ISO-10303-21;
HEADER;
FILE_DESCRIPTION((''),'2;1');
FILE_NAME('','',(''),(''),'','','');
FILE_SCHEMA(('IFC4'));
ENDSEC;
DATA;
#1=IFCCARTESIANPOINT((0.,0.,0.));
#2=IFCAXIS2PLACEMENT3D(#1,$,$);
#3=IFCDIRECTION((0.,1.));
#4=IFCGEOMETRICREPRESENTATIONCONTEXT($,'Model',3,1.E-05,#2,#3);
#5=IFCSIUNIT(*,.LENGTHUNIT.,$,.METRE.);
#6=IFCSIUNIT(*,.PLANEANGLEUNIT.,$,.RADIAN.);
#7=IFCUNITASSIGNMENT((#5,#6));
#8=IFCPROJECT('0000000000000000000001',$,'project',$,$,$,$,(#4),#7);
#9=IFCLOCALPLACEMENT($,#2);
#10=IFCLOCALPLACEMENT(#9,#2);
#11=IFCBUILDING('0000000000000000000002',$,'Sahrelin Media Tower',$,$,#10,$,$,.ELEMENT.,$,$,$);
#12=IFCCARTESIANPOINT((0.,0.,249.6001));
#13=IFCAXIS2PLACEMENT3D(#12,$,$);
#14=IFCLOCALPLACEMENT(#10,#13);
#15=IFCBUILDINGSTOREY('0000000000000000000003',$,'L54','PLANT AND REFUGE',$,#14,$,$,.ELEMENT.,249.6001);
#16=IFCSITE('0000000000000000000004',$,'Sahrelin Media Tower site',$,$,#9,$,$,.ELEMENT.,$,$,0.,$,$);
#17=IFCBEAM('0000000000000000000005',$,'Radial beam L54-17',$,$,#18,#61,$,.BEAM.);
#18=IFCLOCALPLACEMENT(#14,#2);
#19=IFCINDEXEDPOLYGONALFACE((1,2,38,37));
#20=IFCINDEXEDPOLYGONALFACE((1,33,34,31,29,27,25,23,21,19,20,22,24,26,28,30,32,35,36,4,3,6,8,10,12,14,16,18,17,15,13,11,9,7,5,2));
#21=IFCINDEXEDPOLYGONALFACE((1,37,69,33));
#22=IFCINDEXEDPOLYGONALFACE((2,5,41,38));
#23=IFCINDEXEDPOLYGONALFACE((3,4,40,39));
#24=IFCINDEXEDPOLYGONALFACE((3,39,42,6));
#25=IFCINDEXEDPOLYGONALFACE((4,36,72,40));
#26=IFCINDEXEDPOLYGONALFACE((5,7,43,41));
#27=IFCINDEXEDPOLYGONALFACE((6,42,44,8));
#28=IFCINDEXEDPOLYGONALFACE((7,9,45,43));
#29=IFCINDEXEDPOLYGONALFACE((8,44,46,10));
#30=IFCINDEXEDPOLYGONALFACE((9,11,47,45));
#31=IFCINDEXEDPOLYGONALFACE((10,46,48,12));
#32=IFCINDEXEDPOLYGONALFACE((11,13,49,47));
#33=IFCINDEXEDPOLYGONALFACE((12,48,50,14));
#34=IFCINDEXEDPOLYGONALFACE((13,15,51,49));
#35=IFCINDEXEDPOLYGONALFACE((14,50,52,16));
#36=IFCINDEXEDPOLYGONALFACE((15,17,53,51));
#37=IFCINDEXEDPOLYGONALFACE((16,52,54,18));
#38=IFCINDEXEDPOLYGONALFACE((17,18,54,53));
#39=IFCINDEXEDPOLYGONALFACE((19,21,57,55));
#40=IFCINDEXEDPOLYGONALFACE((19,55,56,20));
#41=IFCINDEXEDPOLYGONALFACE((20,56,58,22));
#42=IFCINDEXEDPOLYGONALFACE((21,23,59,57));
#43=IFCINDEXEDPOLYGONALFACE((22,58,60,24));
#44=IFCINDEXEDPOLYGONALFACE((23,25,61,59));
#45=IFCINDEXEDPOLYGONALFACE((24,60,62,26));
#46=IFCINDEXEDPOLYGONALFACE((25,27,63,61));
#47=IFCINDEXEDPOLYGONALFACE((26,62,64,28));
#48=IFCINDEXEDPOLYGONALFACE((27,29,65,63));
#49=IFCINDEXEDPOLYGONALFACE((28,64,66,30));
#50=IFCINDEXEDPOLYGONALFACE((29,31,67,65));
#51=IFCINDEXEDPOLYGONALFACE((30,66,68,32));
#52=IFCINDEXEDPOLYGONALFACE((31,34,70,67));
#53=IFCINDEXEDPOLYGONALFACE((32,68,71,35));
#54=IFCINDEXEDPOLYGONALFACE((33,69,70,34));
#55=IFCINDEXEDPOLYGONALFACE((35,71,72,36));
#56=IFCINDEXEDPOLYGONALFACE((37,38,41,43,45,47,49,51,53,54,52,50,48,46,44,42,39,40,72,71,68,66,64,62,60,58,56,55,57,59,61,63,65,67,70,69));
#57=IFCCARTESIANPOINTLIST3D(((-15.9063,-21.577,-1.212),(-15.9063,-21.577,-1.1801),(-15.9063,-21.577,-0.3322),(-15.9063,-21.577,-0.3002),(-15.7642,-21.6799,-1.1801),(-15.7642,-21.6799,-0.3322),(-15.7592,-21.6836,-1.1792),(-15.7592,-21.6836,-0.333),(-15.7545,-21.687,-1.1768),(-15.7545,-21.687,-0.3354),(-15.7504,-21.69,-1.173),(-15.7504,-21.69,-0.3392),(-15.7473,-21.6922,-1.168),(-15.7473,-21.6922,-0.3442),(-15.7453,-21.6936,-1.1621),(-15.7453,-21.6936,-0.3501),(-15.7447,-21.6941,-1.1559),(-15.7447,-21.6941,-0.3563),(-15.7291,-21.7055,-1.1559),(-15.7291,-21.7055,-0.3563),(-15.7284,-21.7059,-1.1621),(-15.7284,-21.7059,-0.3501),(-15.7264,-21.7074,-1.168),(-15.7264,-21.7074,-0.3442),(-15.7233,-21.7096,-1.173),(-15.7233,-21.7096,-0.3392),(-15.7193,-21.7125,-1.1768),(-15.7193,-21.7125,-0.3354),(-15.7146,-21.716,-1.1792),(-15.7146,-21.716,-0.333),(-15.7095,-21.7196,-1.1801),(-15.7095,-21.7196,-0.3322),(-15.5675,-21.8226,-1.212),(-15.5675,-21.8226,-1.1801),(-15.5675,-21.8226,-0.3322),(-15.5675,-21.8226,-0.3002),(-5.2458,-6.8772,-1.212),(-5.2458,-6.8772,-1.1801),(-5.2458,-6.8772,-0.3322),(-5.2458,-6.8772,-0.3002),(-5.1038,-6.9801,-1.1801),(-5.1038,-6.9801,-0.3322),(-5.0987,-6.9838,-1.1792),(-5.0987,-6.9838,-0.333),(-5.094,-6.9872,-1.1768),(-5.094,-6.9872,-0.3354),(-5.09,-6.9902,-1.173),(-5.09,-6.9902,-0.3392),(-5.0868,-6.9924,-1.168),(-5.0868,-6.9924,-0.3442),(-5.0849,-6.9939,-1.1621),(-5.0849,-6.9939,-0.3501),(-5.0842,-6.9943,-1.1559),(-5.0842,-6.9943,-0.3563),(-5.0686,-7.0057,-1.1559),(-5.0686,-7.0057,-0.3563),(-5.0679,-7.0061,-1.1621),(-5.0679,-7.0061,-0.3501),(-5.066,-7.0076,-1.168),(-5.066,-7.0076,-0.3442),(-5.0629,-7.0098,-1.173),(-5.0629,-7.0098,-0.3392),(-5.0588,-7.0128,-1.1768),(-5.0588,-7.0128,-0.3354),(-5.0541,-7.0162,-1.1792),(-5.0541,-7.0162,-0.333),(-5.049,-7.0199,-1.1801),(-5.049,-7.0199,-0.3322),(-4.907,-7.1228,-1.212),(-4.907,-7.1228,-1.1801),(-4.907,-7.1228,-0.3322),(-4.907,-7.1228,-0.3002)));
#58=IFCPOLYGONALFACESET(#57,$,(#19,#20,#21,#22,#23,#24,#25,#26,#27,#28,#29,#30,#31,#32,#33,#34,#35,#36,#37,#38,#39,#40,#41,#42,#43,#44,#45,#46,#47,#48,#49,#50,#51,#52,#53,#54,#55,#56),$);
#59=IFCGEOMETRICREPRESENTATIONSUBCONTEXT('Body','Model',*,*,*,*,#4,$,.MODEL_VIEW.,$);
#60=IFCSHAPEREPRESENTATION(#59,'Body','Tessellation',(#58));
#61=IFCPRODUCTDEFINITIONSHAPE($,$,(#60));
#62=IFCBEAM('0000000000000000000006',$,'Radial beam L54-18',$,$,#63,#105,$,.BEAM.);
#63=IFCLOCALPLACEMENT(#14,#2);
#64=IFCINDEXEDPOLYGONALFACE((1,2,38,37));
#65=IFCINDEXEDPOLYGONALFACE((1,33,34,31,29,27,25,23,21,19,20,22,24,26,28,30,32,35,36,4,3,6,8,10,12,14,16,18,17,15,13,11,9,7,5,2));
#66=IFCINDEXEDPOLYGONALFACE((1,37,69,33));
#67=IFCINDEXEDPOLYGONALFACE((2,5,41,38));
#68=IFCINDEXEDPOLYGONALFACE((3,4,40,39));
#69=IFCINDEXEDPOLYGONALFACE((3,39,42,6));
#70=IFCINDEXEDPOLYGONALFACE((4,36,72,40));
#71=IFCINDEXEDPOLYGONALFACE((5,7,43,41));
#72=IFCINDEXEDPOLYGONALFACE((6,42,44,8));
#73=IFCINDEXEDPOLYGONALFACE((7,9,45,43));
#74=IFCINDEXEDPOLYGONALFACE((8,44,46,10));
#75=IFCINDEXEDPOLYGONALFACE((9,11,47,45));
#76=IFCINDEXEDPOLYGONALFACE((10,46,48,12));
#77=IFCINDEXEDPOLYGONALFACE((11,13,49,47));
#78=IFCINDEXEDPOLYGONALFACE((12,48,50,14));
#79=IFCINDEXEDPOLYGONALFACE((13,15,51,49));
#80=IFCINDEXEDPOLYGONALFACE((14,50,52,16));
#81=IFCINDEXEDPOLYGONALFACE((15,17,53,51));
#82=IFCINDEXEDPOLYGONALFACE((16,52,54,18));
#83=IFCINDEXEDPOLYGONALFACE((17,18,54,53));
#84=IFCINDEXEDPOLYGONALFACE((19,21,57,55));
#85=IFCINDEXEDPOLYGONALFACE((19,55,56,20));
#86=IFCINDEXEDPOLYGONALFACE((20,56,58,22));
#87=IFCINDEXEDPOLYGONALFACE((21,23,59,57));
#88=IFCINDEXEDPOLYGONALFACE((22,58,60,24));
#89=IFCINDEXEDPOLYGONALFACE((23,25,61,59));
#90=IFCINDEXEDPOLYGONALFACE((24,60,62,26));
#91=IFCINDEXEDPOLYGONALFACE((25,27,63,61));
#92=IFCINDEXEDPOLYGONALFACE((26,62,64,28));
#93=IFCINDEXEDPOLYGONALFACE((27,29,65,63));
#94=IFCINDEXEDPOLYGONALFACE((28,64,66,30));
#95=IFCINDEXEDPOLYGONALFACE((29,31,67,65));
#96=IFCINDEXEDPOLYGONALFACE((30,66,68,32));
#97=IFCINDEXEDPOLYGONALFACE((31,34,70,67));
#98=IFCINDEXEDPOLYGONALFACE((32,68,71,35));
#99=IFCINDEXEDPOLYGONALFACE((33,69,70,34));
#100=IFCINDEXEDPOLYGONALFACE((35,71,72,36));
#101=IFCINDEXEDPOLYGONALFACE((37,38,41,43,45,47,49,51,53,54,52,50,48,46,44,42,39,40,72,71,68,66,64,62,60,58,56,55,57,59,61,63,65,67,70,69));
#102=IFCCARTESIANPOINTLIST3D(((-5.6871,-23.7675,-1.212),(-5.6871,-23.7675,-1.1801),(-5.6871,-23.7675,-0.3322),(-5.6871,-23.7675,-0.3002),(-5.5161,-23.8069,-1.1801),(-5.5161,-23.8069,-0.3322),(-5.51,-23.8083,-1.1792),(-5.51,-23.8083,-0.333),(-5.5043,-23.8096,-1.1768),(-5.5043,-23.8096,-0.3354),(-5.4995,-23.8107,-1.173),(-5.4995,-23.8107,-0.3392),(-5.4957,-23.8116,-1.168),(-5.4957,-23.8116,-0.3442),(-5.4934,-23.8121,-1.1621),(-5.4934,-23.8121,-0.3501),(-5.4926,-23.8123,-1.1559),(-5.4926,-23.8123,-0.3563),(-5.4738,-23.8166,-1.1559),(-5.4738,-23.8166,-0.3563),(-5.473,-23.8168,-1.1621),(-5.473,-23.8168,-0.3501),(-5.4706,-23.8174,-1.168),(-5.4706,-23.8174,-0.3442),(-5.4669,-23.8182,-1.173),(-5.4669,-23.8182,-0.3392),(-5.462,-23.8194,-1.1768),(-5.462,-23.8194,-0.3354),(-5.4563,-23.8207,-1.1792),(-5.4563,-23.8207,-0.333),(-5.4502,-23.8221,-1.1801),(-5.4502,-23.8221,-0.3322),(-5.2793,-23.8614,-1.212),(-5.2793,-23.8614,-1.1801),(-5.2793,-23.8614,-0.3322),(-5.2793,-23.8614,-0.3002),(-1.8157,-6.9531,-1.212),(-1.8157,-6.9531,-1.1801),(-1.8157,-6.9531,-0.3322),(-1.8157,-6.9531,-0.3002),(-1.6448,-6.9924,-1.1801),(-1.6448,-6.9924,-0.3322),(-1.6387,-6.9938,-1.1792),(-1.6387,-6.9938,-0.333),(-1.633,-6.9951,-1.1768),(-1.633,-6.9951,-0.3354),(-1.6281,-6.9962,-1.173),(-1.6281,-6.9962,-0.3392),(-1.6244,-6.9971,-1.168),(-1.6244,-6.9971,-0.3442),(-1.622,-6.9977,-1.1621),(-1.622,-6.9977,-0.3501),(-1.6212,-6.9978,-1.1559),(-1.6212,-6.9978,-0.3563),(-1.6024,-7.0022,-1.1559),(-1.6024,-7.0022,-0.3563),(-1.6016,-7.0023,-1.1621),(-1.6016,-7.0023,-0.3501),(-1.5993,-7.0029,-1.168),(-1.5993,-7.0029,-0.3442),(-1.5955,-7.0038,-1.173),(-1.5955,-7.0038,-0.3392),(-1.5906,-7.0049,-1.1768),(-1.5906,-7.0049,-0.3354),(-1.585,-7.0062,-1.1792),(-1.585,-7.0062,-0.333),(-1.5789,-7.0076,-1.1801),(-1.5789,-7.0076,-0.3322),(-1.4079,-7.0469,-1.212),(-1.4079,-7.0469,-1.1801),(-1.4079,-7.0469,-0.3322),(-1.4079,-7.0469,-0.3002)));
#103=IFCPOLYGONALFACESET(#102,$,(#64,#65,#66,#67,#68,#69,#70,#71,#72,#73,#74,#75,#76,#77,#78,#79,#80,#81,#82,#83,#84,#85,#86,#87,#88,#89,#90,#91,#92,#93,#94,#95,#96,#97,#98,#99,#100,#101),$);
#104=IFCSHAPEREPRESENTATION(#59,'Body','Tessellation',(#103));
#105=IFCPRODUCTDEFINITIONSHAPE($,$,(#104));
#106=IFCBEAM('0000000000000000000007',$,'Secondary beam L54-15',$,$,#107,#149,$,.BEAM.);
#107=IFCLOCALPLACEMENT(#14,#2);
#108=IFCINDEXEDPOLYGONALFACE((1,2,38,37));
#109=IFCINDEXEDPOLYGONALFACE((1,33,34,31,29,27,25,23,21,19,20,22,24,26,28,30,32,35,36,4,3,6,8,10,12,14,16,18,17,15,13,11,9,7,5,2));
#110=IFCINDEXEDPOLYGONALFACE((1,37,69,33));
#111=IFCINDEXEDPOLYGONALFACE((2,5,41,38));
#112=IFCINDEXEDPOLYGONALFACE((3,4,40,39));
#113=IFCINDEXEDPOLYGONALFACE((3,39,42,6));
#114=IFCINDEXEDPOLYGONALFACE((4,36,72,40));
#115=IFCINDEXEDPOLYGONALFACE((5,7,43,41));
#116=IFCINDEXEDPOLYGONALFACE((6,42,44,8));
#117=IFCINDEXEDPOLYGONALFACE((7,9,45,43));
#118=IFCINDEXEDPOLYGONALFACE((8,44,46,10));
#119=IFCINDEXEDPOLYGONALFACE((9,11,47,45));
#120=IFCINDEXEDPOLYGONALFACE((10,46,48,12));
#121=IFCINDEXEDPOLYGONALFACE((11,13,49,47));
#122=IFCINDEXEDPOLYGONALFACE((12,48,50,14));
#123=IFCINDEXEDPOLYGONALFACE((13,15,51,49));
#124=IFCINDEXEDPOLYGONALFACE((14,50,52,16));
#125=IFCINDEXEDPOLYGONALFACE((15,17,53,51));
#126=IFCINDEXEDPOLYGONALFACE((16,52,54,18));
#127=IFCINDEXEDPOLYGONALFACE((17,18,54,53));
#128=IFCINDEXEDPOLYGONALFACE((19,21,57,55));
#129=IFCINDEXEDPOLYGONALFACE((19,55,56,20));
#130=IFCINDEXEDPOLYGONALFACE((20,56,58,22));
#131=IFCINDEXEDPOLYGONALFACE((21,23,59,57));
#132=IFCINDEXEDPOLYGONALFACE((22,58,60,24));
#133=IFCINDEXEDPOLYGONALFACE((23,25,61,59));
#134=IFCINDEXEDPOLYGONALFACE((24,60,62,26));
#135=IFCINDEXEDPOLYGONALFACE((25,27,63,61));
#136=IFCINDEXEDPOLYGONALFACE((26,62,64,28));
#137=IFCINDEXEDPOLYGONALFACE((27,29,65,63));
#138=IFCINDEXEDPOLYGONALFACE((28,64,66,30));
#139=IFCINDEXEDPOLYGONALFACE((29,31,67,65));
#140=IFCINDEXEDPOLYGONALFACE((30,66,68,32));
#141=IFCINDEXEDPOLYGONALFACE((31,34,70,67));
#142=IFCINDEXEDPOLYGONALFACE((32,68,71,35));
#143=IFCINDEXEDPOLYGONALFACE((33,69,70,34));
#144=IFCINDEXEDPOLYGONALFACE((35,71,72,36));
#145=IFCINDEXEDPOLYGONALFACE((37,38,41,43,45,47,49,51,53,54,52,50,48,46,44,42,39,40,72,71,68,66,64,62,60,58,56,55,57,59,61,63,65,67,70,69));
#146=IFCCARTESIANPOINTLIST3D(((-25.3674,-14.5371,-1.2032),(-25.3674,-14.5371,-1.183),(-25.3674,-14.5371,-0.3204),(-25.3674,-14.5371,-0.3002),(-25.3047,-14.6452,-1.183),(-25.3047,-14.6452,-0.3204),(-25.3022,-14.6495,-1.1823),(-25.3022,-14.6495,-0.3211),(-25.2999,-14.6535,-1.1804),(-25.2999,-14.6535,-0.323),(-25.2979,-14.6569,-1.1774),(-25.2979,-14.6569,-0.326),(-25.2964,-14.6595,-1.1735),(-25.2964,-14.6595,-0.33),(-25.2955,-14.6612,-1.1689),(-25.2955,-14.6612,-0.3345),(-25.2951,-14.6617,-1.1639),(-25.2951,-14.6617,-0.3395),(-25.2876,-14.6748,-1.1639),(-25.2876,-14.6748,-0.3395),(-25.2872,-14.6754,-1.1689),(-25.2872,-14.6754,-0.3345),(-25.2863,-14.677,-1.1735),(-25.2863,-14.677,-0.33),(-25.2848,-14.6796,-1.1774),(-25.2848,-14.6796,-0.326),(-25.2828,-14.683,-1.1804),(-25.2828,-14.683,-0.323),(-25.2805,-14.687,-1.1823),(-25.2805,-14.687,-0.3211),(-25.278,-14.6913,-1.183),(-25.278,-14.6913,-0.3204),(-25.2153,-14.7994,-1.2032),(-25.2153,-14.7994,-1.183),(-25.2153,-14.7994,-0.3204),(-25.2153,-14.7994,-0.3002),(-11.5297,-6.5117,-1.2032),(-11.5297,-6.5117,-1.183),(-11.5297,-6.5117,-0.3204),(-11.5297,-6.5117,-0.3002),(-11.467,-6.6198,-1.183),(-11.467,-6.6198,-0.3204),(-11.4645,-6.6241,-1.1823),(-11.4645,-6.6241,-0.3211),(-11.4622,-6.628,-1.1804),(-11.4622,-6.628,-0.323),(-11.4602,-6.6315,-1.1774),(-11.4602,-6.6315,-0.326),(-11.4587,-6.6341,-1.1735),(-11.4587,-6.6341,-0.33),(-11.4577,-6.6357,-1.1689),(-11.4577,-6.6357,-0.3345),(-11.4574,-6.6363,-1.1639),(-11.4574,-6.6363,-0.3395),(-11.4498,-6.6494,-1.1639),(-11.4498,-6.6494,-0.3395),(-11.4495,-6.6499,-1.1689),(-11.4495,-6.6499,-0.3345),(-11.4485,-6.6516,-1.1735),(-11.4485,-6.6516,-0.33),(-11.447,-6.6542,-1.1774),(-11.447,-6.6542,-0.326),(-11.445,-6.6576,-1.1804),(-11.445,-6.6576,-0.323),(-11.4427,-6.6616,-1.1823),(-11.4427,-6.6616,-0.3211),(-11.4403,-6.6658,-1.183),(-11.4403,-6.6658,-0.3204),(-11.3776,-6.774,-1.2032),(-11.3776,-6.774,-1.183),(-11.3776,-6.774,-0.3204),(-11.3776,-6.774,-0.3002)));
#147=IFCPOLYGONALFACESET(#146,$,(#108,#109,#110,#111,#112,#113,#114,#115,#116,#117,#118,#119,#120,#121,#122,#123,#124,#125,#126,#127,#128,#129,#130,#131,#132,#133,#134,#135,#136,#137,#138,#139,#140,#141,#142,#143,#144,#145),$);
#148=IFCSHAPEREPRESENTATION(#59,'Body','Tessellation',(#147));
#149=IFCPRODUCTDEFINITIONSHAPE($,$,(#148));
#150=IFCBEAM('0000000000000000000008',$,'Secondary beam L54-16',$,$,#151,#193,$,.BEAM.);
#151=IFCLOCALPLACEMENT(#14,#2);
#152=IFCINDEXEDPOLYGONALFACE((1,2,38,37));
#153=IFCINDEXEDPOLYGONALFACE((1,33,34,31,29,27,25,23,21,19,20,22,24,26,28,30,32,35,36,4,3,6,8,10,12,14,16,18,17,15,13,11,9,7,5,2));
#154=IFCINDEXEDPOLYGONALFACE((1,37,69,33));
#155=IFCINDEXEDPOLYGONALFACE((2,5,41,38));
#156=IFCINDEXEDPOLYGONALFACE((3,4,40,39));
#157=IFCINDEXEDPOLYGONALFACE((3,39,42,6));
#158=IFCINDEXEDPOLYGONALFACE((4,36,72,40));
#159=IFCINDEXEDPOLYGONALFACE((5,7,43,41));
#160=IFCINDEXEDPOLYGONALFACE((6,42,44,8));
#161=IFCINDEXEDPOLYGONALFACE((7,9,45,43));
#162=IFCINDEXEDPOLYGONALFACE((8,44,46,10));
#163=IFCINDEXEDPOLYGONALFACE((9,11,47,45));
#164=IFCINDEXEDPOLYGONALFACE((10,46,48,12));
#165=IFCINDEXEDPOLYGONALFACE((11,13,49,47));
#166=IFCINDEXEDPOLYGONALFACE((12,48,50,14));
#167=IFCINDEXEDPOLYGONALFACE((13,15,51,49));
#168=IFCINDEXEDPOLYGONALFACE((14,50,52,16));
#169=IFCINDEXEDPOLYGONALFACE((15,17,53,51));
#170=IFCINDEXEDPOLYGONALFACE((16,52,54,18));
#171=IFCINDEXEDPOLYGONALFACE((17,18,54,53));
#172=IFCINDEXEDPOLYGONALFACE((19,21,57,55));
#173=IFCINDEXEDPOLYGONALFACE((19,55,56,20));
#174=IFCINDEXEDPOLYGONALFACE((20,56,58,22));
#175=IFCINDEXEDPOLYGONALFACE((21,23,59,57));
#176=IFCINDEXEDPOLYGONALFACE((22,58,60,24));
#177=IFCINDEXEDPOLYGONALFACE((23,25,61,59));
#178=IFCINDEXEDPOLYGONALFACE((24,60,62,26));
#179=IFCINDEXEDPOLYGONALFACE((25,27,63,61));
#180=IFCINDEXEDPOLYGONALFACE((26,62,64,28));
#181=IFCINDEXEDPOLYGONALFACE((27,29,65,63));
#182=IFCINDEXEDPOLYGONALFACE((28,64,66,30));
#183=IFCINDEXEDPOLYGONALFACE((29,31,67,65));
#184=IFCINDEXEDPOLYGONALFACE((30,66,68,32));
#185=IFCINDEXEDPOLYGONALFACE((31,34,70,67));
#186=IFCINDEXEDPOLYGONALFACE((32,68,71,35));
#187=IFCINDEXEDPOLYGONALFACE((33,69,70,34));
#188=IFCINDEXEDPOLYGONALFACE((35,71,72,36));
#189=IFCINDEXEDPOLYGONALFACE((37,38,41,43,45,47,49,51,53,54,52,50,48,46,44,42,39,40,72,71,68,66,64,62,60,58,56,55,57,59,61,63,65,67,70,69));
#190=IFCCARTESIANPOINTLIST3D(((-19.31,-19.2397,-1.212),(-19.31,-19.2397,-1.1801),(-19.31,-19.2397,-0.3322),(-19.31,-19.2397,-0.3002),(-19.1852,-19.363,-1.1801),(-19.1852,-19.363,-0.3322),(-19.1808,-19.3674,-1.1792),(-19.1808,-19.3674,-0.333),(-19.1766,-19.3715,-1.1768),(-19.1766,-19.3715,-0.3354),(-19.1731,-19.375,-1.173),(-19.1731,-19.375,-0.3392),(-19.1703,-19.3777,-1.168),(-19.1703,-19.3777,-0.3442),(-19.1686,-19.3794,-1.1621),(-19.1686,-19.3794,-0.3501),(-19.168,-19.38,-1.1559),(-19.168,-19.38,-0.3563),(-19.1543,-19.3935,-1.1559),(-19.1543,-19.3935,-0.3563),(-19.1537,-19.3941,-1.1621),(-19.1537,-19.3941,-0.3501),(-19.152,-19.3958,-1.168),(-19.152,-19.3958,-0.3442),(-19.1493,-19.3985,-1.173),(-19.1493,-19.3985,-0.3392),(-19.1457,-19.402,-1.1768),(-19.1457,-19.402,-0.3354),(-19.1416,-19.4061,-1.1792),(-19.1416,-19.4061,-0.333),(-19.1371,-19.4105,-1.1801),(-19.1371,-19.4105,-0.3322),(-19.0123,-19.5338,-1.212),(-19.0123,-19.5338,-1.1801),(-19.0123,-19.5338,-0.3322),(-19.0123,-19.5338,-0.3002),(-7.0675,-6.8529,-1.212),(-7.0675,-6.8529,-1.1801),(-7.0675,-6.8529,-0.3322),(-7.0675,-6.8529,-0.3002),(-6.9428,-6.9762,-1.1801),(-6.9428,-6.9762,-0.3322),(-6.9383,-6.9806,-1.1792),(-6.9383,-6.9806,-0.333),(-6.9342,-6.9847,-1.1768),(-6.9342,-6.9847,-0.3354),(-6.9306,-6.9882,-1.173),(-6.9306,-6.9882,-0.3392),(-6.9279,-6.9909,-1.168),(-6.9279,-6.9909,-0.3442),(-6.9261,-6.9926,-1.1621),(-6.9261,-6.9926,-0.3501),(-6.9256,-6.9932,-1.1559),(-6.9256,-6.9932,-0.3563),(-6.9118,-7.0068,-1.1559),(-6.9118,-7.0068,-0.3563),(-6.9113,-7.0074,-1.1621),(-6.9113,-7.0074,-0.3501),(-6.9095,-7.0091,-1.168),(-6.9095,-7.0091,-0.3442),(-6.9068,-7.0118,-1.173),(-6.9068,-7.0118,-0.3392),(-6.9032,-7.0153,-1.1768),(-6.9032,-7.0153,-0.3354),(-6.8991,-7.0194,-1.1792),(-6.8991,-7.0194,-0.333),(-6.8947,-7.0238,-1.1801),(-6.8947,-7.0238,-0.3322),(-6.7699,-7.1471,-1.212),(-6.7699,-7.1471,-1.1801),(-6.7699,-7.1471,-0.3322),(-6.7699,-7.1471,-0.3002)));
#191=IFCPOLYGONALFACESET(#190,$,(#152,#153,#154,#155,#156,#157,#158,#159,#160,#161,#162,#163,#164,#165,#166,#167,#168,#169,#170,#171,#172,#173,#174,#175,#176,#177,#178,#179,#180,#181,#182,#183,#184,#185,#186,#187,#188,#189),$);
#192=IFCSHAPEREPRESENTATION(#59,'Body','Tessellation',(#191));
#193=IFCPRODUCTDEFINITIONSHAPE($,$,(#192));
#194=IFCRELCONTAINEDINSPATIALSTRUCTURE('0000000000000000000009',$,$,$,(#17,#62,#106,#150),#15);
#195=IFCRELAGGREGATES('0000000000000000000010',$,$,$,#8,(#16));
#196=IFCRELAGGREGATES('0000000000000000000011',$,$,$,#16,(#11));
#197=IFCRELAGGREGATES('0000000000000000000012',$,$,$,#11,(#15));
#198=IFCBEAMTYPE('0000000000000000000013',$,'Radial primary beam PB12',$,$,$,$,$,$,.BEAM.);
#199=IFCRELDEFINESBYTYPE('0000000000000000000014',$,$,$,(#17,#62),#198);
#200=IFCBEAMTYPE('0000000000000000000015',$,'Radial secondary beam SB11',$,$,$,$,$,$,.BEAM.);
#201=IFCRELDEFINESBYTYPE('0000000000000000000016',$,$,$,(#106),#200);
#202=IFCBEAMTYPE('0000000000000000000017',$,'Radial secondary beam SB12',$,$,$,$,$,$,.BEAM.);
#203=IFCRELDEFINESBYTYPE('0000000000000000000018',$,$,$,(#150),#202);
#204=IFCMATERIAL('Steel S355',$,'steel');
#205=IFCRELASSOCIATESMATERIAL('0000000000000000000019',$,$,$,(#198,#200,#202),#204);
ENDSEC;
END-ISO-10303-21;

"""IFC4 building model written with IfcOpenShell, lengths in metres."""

from ifc_helpers import new_model, si_unit, direction, frame, origin, origin_2d, place, context, subcontext, project, spatial, i_section, extrude, material, material_profile, profile_set, type_object, element, save


model = new_model("IFC4")

# Units and contexts
model_context = context("Model", 3, precision=1e-05, world=origin(), true_north=direction((0.0, 1.0)))
body_context = subcontext(model_context, "Body", "Model", "MODEL_VIEW")
ifc_project = project(units=[si_unit("LENGTHUNIT", "METRE"), si_unit("PLANEANGLEUNIT", "RADIAN")], contexts=[model_context])

# Site, building, storey
site_placement = place(None, origin())
site = spatial("IfcSite", under=ifc_project, at=site_placement, Name="Sahrelin Media Tower site", CompositionType="ELEMENT", RefElevation=0.0)
building_placement = place(site_placement, origin())
building = spatial("IfcBuilding", under=site, at=building_placement, Name="Sahrelin Media Tower", CompositionType="ELEMENT")
storey_placement = place(building_placement, frame((0.0, 0.0, 249.6001)))
storey = spatial("IfcBuildingStorey", under=building, at=storey_placement, Name="L54", Description="PLANT AND REFUGE", CompositionType="ELEMENT", Elevation=249.6001)

# Beams
ifc_material_1 = material(Name="Steel S355", Category="steel")
ifc_material_profile_1 = material_profile(ifc_material_1, i_section(OverallWidth=0.4185, OverallDepth=0.9119, WebThickness=0.0193, FlangeThickness=0.032, FilletRadius=0.0242, at=origin_2d()), Name="UB 914x419x343")
ifc_profile_set_1 = profile_set([ifc_material_profile_1], Name="Steel S355")
beam_type_1 = type_object("IfcBeamType", Name="Radial primary beam PB12", PredefinedType="BEAM", material=ifc_profile_set_1)
beam_1_placement = place(storey_placement, frame((-5.0764, -7.0, -0.7561), z_axis=(-0.58708, -0.809529, 0.0), x_axis=(0.809529, -0.58708, 0.0)))
element("IfcBeam", 1, at=beam_1_placement, inside=storey, type_object=beam_type_1, Name="Radial beam L54-17", PredefinedType="BEAM", context=body_context, shape_type="SweptSolid", body=[
    extrude(i_section(OverallWidth=0.4185, OverallDepth=0.9119, WebThickness=0.0193, FlangeThickness=0.032, FilletRadius=0.0242, at=origin_2d()), origin(), (0.0, 0.0, 1.0), 18.1584),
])
beam_2_placement = place(storey_placement, frame((-1.6118, -7.0, -0.7561), z_axis=(-0.224369, -0.974504, 0.0), x_axis=(0.974504, -0.224369, 0.0)))
element("IfcBeam", 2, at=beam_2_placement, inside=storey, type_object=beam_type_1, Name="Radial beam L54-18", PredefinedType="BEAM", context=body_context, shape_type="SweptSolid", body=[
    extrude(i_section(OverallWidth=0.4185, OverallDepth=0.9119, WebThickness=0.0193, FlangeThickness=0.032, FilletRadius=0.0242, at=origin_2d()), origin(), (0.0, 0.0, 1.0), 17.2544),
])
ifc_material_profile_2 = material_profile(ifc_material_1, i_section(OverallWidth=0.3032, OverallDepth=0.9031, WebThickness=0.0151, FlangeThickness=0.0203, FilletRadius=0.019, at=origin_2d()), Name="UB 914x305x201")
ifc_profile_set_2 = profile_set([ifc_material_profile_2], Name="Steel S355")
beam_type_2 = type_object("IfcBeamType", Name="Radial secondary beam SB11", PredefinedType="BEAM", material=ifc_profile_set_2)
beam_3_placement = place(storey_placement, frame((-11.4536, -6.6428, -0.7517), z_axis=(-0.865043, -0.501697, 0.0), x_axis=(0.501697, -0.865043, 0.0)))
element("IfcBeam", 3, at=beam_3_placement, inside=storey, type_object=beam_type_2, Name="Secondary beam L54-15", PredefinedType="BEAM", context=body_context, shape_type="SweptSolid", body=[
    extrude(i_section(OverallWidth=0.3032, OverallDepth=0.9031, WebThickness=0.0151, FlangeThickness=0.0203, FilletRadius=0.019, at=origin_2d()), origin(), (0.0, 0.0, 1.0), 15.9966),
])
ifc_material_profile_3 = material_profile(ifc_material_1, i_section(OverallWidth=0.4185, OverallDepth=0.9119, WebThickness=0.0193, FlangeThickness=0.032, FilletRadius=0.0242, at=origin_2d()), Name="UB 914x419x343")
ifc_profile_set_3 = profile_set([ifc_material_profile_3], Name="Steel S355")
beam_type_3 = type_object("IfcBeamType", Name="Radial secondary beam SB12", PredefinedType="BEAM", material=ifc_profile_set_3)
beam_4_placement = place(storey_placement, frame((-6.9187, -7.0, -0.7561), z_axis=(-0.702952, -0.711237, 0.0), x_axis=(0.711237, -0.702952, 0.0)))
element("IfcBeam", 4, at=beam_4_placement, inside=storey, type_object=beam_type_3, Name="Secondary beam L54-16", PredefinedType="BEAM", context=body_context, shape_type="SweptSolid", body=[
    extrude(i_section(OverallWidth=0.4185, OverallDepth=0.9119, WebThickness=0.0193, FlangeThickness=0.032, FilletRadius=0.0242, at=origin_2d()), origin(), (0.0, 0.0, 1.0), 17.4158),
])

save(model, "model.ifc")
